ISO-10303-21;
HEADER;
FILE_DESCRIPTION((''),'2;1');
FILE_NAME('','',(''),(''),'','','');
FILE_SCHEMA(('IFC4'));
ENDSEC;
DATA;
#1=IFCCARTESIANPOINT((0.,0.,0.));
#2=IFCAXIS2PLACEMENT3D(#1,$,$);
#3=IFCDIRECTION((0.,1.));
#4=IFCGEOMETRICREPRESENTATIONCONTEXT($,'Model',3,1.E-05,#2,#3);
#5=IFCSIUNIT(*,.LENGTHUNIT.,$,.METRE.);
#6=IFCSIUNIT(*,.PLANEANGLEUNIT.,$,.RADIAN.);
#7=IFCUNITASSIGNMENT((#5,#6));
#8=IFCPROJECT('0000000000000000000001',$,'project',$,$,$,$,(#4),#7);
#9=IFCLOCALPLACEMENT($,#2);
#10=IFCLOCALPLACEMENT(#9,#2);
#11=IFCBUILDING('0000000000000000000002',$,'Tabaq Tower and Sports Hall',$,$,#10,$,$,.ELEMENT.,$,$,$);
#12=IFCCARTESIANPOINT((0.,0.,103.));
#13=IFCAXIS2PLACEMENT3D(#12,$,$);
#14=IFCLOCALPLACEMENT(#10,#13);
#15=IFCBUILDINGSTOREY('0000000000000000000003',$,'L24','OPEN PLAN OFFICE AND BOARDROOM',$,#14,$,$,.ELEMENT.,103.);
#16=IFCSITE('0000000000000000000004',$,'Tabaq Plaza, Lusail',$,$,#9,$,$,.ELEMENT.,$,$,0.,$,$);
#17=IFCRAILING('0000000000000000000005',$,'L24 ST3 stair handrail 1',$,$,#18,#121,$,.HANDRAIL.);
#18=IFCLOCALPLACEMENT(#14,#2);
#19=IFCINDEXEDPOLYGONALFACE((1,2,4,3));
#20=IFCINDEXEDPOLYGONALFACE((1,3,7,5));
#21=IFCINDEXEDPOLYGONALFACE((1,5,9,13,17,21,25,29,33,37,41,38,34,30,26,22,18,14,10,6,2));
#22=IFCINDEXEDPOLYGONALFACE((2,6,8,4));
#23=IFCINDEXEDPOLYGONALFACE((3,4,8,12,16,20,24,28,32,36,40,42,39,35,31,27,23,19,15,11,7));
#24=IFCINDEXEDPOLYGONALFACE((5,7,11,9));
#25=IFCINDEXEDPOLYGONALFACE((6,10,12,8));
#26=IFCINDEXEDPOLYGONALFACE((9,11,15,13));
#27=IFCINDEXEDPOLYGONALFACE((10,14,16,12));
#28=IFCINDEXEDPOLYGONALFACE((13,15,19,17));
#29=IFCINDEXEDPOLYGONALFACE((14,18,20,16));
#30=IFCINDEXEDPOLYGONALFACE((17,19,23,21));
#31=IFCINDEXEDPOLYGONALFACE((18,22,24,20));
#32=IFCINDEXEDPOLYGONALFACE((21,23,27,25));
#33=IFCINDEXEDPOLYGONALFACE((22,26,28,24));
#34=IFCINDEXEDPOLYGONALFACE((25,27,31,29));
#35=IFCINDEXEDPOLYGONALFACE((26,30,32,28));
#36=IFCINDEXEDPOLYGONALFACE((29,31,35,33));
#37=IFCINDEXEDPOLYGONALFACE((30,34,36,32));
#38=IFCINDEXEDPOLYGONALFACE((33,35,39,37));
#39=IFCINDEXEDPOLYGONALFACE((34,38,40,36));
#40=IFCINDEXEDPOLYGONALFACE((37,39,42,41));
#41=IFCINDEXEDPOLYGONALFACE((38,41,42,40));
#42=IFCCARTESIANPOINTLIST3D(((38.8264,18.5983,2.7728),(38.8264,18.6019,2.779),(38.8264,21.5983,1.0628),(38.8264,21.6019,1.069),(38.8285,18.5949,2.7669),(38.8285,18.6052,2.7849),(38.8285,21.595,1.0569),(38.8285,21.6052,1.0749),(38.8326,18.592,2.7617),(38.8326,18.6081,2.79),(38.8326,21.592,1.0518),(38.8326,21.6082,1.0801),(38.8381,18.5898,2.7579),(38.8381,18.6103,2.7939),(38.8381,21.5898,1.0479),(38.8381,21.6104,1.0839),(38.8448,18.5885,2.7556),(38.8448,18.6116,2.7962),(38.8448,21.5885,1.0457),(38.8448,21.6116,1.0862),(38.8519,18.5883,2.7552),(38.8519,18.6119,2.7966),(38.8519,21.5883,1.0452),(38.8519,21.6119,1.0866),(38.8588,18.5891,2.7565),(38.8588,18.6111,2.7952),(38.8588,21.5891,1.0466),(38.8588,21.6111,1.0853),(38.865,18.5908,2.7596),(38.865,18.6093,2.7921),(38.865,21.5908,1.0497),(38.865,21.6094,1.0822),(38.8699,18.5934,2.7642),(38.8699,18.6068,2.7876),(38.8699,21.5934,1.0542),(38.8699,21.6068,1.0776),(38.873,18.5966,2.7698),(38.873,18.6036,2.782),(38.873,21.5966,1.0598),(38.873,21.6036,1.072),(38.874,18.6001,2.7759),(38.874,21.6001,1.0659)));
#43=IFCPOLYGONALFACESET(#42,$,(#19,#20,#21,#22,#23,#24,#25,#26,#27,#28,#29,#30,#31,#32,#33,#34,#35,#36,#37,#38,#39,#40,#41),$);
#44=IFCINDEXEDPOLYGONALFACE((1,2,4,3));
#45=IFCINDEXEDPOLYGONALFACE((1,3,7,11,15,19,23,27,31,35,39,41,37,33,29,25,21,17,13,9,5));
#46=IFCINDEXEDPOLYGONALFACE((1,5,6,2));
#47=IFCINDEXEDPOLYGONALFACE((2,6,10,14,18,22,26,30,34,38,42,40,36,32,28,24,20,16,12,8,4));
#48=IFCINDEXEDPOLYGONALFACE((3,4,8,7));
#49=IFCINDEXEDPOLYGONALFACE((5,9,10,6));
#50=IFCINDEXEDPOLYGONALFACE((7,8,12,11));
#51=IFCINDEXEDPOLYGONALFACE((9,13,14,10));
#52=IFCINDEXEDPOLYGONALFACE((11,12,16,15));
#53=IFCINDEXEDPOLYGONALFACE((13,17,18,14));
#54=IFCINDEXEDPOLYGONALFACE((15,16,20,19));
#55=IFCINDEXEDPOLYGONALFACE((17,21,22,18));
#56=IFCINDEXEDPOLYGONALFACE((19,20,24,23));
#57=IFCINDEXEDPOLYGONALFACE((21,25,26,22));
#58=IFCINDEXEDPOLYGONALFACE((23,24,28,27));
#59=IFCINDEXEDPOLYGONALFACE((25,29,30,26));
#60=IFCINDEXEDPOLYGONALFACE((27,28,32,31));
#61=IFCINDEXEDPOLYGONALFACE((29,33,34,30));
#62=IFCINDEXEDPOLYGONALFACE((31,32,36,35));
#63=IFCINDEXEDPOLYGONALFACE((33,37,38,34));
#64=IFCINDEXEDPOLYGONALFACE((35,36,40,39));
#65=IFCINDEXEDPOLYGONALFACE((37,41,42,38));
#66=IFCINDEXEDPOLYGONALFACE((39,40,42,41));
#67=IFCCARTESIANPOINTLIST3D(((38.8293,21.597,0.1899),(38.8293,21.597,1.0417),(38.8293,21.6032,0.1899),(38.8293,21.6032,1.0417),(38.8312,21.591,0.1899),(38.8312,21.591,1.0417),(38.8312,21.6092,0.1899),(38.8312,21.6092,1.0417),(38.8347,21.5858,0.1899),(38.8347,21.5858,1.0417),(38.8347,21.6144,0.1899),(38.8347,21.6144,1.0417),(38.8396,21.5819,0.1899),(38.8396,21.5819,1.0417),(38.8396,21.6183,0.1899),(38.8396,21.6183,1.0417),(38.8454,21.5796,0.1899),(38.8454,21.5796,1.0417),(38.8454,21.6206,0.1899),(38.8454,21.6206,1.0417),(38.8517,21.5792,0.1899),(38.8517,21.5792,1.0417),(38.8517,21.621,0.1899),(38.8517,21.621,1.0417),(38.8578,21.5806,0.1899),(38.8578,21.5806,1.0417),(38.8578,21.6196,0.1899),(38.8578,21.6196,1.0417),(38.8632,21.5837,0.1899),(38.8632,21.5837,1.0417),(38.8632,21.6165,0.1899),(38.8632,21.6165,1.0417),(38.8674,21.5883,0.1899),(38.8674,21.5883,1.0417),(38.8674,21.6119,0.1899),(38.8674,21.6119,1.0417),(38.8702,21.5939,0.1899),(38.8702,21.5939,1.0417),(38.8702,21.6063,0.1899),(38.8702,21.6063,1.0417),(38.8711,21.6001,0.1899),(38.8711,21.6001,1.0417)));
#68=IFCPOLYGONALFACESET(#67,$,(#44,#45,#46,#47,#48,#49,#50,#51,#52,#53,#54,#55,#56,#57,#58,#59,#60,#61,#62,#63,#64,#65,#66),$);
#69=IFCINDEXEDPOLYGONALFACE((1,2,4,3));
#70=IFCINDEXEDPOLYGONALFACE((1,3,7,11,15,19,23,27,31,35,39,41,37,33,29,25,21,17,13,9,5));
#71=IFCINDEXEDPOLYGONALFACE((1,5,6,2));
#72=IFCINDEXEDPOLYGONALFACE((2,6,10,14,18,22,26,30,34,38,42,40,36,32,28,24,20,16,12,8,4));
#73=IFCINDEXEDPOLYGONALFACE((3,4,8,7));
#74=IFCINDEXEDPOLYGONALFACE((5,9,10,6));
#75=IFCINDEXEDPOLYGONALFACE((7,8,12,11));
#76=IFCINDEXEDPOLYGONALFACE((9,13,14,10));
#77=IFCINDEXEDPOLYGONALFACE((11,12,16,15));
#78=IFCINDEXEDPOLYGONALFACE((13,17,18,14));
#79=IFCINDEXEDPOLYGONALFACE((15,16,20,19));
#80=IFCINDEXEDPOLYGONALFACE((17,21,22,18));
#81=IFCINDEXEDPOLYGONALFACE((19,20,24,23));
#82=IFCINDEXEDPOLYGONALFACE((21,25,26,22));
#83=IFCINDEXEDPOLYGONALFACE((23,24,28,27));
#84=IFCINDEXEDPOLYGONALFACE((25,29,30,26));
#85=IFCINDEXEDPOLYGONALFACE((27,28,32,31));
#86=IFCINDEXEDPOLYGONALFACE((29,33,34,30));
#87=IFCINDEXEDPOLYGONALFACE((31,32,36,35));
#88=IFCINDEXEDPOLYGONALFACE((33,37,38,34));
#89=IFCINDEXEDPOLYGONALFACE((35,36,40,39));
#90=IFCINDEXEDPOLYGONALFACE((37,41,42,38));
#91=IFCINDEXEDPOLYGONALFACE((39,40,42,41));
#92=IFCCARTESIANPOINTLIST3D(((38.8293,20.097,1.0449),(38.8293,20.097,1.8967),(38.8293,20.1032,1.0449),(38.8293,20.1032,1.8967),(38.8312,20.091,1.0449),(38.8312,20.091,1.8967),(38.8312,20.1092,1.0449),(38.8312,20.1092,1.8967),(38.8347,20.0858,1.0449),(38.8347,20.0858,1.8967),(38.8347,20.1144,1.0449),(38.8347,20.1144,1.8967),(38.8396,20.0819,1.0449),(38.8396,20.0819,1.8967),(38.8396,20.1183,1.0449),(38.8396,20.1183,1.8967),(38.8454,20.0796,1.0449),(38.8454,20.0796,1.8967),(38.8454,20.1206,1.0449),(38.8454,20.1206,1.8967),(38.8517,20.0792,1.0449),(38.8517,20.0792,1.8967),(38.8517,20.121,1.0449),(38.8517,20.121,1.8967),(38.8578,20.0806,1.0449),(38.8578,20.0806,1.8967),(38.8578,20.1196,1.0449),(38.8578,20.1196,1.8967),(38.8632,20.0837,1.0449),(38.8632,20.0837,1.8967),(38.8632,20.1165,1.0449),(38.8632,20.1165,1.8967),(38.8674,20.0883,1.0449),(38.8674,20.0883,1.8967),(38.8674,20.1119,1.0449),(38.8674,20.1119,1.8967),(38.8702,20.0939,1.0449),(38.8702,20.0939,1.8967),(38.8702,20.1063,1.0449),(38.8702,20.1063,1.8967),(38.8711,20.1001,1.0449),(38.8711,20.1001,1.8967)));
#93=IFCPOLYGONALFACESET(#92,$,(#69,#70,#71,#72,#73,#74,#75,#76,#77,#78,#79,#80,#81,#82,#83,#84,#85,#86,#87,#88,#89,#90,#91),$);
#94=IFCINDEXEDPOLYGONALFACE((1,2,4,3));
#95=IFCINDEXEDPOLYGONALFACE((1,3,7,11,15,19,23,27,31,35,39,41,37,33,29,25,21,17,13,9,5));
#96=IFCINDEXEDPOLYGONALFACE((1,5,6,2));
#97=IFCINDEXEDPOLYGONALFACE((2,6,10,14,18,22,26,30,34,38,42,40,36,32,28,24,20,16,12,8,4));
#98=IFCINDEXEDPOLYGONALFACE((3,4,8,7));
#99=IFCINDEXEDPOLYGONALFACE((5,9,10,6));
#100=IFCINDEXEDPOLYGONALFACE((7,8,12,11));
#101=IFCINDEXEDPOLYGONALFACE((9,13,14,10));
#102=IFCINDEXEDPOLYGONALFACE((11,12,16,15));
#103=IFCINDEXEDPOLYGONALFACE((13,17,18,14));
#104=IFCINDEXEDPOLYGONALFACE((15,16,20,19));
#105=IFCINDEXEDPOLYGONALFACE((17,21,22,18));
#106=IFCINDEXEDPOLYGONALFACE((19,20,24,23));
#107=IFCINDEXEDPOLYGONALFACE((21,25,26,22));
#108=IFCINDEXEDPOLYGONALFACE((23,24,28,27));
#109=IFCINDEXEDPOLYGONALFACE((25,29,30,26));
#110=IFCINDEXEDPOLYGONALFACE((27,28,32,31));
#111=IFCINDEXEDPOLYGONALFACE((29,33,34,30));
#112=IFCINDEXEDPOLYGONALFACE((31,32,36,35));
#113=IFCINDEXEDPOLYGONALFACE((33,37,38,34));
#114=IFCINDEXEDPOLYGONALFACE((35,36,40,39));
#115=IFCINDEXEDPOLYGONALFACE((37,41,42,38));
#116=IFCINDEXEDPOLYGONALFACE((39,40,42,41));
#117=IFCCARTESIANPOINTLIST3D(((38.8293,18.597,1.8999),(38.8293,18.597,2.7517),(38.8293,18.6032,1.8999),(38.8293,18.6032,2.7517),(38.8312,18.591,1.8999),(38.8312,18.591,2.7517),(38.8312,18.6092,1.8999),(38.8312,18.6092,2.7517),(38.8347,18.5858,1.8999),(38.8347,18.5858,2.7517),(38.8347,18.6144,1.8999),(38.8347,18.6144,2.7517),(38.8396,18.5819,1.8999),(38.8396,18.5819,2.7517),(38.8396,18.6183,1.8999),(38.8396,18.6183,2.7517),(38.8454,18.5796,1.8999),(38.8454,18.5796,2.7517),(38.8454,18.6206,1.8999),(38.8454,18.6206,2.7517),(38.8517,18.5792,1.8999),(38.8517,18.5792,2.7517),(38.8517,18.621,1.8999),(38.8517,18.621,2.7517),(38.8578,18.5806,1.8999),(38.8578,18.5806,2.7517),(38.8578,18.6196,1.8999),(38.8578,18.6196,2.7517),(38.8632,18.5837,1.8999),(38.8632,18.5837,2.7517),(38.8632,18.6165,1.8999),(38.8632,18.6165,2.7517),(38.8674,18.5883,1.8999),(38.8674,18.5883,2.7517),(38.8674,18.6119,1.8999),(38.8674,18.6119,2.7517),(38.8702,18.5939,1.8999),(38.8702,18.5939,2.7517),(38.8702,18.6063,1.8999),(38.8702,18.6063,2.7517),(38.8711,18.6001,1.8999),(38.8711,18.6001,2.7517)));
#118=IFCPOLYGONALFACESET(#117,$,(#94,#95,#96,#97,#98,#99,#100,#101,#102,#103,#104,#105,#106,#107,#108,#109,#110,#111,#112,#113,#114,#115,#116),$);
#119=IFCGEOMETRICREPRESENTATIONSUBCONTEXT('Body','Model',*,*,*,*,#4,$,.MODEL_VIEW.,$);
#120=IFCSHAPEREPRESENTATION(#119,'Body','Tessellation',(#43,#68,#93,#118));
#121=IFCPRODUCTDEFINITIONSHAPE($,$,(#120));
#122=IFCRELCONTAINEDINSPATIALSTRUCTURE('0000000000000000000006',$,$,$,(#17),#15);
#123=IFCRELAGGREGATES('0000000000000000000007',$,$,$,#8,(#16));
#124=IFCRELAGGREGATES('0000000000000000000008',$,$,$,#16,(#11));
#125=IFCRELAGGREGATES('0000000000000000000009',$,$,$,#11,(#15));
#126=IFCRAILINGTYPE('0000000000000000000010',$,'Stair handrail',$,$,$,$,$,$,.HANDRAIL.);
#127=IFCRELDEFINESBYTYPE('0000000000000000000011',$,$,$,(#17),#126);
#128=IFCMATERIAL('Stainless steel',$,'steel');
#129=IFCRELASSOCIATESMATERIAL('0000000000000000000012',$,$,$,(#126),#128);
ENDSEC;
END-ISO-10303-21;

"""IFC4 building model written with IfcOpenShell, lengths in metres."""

from ifc_helpers import new_model, si_unit, direction, frame, origin, origin_2d, place, context, subcontext, project, spatial, circle, extrude, material, type_object, element, save


model = new_model("IFC4")

# Units and contexts
model_context = context("Model", 3, precision=1e-05, world=origin(), true_north=direction((0.0, 1.0)))
body_context = subcontext(model_context, "Body", "Model", "MODEL_VIEW")
ifc_project = project(units=[si_unit("LENGTHUNIT", "METRE"), si_unit("PLANEANGLEUNIT", "RADIAN")], contexts=[model_context])

# Site, building, storey
site_placement = place(None, origin())
site = spatial("IfcSite", under=ifc_project, at=site_placement, Name="Tabaq Plaza, Lusail", CompositionType="ELEMENT", RefElevation=0.0)
building_placement = place(site_placement, origin())
building = spatial("IfcBuilding", under=site, at=building_placement, Name="Tabaq Tower and Sports Hall", CompositionType="ELEMENT")
storey_placement = place(building_placement, frame((0.0, 0.0, 103.0)))
storey = spatial("IfcBuildingStorey", under=building, at=storey_placement, Name="L24", Description="OPEN PLAN OFFICE AND BOARDROOM", CompositionType="ELEMENT", Elevation=103.0)

# Railing
ifc_material_1 = material(Name="Stainless steel", Category="steel")
railing_type_1 = type_object("IfcRailingType", Name="Stair handrail", PredefinedType="HANDRAIL", material=ifc_material_1)
railing_1_placement = place(storey_placement, frame((38.8501, 21.6001, 0.1899)))
element("IfcRailing", 1, at=railing_1_placement, inside=storey, type_object=railing_type_1, Name="L24 ST3 stair handrail 1", PredefinedType="HANDRAIL", context=body_context, shape_type="SweptSolid", body=[
    extrude(circle(Radius=0.0239, at=origin_2d()), frame((0.0, 0.0, 0.876), z_axis=(0.0, -0.868782, 0.495195), x_axis=(1.0, 0.0, 0.0)), (0.0, 0.0, 1.0), 3.4531),
    extrude(circle(Radius=0.021, at=origin_2d()), origin(), (0.0, 0.0, 1.0), 0.8518),
    extrude(circle(Radius=0.021, at=origin_2d()), frame((0.0, -1.5, 0.855)), (0.0, 0.0, 1.0), 0.8518),
    extrude(circle(Radius=0.021, at=origin_2d()), frame((0.0, -3.0, 1.71)), (0.0, 0.0, 1.0), 0.8518),
])

save(model, "model.ifc")
